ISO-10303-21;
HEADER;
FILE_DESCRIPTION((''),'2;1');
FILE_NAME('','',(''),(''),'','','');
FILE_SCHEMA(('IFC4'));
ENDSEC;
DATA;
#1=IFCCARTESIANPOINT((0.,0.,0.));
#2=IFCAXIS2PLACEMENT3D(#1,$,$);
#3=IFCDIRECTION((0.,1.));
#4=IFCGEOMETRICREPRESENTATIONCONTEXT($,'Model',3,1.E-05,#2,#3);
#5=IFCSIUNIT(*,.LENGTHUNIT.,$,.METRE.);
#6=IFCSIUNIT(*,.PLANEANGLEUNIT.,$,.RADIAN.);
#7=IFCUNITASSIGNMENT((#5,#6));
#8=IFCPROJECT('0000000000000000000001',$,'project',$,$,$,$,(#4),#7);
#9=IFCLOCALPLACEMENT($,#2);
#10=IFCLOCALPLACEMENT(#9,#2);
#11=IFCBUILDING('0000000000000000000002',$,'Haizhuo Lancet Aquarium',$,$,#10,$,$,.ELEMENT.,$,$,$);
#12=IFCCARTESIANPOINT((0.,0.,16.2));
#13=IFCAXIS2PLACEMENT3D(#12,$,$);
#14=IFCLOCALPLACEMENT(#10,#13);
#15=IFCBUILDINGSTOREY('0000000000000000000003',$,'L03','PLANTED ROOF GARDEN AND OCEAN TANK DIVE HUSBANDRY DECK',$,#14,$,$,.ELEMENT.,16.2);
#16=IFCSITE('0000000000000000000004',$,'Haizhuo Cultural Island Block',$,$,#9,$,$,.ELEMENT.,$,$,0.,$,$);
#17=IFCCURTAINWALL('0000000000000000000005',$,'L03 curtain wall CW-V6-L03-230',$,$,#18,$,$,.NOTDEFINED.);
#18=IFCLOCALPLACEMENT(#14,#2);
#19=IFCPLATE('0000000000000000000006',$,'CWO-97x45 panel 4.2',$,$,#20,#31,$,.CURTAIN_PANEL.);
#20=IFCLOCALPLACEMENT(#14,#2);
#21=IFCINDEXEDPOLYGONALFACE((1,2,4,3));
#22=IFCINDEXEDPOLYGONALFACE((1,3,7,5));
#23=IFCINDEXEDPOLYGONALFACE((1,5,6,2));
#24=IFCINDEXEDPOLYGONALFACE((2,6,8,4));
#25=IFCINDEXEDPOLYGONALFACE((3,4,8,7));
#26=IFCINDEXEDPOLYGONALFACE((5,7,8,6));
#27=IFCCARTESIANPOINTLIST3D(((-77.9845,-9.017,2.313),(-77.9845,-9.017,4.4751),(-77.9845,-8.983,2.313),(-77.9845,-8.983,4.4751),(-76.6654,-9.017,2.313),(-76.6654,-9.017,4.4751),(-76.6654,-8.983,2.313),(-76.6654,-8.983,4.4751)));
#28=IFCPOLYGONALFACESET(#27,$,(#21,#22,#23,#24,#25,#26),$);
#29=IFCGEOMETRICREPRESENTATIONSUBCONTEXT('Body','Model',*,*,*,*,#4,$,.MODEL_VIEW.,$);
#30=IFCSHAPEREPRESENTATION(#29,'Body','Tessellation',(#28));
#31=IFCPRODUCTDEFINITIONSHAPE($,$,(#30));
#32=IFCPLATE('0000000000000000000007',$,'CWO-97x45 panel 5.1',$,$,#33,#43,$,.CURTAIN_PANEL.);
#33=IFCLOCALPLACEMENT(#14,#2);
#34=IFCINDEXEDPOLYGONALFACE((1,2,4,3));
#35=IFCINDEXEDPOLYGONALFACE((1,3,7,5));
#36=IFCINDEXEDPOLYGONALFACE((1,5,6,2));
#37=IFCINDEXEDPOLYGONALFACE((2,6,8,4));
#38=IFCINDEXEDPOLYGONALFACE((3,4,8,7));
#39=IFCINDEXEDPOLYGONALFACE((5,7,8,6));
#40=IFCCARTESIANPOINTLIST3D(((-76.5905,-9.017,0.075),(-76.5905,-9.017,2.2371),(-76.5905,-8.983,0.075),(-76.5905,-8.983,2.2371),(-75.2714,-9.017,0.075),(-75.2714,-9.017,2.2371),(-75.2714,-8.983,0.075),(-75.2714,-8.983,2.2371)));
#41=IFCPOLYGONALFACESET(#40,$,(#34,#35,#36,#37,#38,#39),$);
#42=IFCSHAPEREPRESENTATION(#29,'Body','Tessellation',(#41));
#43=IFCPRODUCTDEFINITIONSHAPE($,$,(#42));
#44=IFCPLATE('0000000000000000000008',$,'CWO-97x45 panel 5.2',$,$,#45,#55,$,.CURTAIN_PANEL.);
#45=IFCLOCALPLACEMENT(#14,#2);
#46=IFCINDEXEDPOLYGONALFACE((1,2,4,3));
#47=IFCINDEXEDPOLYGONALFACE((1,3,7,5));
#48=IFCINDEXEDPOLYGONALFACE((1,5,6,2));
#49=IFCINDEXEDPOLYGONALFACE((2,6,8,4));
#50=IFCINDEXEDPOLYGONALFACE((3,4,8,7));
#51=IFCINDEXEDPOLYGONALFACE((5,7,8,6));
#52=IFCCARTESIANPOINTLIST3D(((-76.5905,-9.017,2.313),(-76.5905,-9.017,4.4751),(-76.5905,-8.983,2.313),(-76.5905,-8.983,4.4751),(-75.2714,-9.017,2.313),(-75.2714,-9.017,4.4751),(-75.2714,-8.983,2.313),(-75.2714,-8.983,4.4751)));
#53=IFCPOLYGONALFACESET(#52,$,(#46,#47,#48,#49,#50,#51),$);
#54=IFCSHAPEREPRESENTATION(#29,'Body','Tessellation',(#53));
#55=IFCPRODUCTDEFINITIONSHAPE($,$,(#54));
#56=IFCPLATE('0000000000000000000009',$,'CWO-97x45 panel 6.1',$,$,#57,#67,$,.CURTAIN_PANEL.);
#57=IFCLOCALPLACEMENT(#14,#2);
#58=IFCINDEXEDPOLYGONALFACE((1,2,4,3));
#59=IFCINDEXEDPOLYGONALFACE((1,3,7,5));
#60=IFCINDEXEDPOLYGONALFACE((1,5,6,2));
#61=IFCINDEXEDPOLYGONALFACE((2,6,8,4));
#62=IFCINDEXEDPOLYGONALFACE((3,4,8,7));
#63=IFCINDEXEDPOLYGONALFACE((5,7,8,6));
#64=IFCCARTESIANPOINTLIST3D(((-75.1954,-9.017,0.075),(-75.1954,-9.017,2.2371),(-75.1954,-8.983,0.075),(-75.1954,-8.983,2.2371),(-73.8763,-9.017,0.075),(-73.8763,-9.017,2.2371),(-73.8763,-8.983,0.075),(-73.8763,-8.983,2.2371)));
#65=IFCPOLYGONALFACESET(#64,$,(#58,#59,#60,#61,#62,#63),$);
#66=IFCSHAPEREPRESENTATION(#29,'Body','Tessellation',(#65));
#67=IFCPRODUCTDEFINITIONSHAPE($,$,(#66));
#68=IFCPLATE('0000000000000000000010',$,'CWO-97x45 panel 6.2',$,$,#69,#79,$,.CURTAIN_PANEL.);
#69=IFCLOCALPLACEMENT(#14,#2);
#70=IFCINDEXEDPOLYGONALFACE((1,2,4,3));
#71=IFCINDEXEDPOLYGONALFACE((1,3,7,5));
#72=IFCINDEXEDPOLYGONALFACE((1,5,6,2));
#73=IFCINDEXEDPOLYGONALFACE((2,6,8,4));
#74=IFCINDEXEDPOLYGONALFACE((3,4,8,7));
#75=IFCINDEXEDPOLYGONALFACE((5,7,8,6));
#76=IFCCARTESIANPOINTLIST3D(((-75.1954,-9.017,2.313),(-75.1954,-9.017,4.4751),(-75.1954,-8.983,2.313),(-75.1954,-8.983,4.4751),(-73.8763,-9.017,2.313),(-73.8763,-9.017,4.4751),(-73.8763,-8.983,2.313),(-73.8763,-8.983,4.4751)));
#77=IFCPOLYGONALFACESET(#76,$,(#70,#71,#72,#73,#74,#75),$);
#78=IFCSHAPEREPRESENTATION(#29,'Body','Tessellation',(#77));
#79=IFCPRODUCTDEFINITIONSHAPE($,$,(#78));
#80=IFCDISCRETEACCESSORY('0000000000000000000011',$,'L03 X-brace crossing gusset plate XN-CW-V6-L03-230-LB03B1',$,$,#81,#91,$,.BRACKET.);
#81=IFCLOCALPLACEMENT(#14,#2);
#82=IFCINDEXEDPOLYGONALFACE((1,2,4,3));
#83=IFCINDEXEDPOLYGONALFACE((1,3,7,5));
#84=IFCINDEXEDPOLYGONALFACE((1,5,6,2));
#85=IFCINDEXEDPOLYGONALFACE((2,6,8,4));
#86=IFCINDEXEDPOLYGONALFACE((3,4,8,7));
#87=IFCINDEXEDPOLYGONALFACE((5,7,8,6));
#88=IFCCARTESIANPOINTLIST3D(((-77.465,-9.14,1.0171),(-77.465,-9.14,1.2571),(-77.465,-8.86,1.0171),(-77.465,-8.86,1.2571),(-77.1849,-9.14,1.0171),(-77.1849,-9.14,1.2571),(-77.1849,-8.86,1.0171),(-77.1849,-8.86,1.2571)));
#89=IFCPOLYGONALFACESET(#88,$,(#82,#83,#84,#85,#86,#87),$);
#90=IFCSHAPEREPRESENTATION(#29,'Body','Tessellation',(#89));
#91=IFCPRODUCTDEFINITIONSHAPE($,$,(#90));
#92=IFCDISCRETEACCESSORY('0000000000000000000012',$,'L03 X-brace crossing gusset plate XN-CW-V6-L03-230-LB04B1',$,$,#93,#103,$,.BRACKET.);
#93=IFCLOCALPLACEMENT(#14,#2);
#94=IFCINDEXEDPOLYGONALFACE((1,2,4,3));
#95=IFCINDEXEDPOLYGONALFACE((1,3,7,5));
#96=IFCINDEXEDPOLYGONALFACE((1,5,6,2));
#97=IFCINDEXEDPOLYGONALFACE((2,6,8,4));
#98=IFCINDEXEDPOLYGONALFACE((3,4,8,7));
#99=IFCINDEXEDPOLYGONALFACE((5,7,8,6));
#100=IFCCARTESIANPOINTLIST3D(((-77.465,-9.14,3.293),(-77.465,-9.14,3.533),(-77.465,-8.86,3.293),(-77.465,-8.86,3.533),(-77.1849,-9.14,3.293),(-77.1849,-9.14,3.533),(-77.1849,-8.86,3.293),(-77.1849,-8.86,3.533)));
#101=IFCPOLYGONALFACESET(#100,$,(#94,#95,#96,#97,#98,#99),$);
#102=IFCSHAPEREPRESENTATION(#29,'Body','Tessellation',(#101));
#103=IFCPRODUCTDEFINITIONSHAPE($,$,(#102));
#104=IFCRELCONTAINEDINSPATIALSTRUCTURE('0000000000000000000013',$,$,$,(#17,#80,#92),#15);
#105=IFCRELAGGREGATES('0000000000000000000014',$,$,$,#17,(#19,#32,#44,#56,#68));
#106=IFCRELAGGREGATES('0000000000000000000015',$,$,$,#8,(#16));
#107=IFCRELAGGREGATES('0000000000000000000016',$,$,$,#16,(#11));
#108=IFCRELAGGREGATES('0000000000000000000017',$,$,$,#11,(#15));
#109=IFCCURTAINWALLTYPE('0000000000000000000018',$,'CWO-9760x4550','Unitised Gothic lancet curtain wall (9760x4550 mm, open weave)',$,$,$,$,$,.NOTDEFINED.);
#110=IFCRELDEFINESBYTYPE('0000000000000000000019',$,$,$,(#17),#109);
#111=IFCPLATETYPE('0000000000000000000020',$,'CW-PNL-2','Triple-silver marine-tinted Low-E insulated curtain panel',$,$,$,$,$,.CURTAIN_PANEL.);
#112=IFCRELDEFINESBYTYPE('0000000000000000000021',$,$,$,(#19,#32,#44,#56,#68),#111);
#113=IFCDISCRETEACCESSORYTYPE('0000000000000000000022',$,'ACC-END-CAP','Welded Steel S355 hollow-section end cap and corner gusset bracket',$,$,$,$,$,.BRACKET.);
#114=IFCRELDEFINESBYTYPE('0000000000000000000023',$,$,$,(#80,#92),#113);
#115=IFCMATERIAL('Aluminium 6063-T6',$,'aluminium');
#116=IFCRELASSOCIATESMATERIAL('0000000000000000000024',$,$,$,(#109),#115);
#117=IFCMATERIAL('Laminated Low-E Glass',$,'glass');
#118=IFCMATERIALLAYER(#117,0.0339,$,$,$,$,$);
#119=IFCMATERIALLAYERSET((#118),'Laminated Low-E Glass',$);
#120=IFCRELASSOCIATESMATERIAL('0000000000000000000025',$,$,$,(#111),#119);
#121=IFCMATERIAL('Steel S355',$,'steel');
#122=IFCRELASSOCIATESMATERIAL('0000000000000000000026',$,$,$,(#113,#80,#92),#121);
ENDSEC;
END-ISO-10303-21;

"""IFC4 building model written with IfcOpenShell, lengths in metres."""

from ifc_helpers import new_model, si_unit, direction, frame, origin, origin_2d, place, context, subcontext, project, spatial, rectangle, extrude, material, layer, layer_set, type_object, element, aggregate, save


model = new_model("IFC4")

# Units and contexts
model_context = context("Model", 3, precision=1e-05, world=origin(), true_north=direction((0.0, 1.0)))
body_context = subcontext(model_context, "Body", "Model", "MODEL_VIEW")
ifc_project = project(units=[si_unit("LENGTHUNIT", "METRE"), si_unit("PLANEANGLEUNIT", "RADIAN")], contexts=[model_context])

# Site, building, storey
site_placement = place(None, origin())
site = spatial("IfcSite", under=ifc_project, at=site_placement, Name="Haizhuo Cultural Island Block", CompositionType="ELEMENT", RefElevation=0.0)
building_placement = place(site_placement, origin())
building = spatial("IfcBuilding", under=site, at=building_placement, Name="Haizhuo Lancet Aquarium", CompositionType="ELEMENT")
storey_placement = place(building_placement, frame((0.0, 0.0, 16.2)))
storey = spatial("IfcBuildingStorey", under=building, at=storey_placement, Name="L03", Description="PLANTED ROOF GARDEN AND OCEAN TANK DIVE HUSBANDRY DECK", CompositionType="ELEMENT", Elevation=16.2)

# Curtain wall
ifc_material_1 = material(Name="Aluminium 6063-T6", Category="aluminium")
curtain_wall_type = type_object("IfcCurtainWallType", Name="CWO-9760x4550", Description="Unitised Gothic lancet curtain wall (9760x4550 mm, open weave)", PredefinedType="NOTDEFINED", material=ifc_material_1)
curtain_wall_placement = place(storey_placement, origin())
curtain_wall = element("IfcCurtainWall", 1, at=curtain_wall_placement, inside=storey, type_object=curtain_wall_type, Name="L03 curtain wall CW-V6-L03-230", PredefinedType="NOTDEFINED")

# Shared definitions
ifc_material_2 = material(Name="Steel S355", Category="steel")

# Plates
ifc_material_3 = material(Name="Laminated Low-E Glass", Category="glass")
ifc_layer = layer(ifc_material_3, 0.0339)
ifc_layer_set = layer_set([ifc_layer], Name="Laminated Low-E Glass")
plate_type = type_object("IfcPlateType", Name="CW-PNL-2", Description="Triple-silver marine-tinted Low-E insulated curtain panel", PredefinedType="CURTAIN_PANEL", material=ifc_layer_set)
plate_1_placement = place(storey_placement, frame((-77.325, -9.0, 2.313), z_axis=(0.0, 0.0, 1.0), x_axis=(1.0, 0.0, 0.0)))
plate_1 = element("IfcPlate", 2, at=plate_1_placement, type_object=plate_type, Name="CWO-97x45 panel 4.2", PredefinedType="CURTAIN_PANEL", context=body_context, shape_type="SweptSolid", body=[
    extrude(rectangle(XDim=1.3191, YDim=0.0339, at=origin_2d()), origin(), (0.0, 0.0, 1.0), 2.1621),
])
plate_2_placement = place(storey_placement, frame((-75.9309, -9.0, 0.075), z_axis=(0.0, 0.0, 1.0), x_axis=(1.0, 0.0, 0.0)))
plate_2 = element("IfcPlate", 3, at=plate_2_placement, type_object=plate_type, Name="CWO-97x45 panel 5.1", PredefinedType="CURTAIN_PANEL", context=body_context, shape_type="SweptSolid", body=[
    extrude(rectangle(XDim=1.3191, YDim=0.0339, at=origin_2d()), origin(), (0.0, 0.0, 1.0), 2.1621),
])
plate_3_placement = place(storey_placement, frame((-75.9309, -9.0, 2.313), z_axis=(0.0, 0.0, 1.0), x_axis=(1.0, 0.0, 0.0)))
plate_3 = element("IfcPlate", 4, at=plate_3_placement, type_object=plate_type, Name="CWO-97x45 panel 5.2", PredefinedType="CURTAIN_PANEL", context=body_context, shape_type="SweptSolid", body=[
    extrude(rectangle(XDim=1.3191, YDim=0.0339, at=origin_2d()), origin(), (0.0, 0.0, 1.0), 2.1621),
])
plate_4_placement = place(storey_placement, frame((-74.5359, -9.0, 0.075), z_axis=(0.0, 0.0, 1.0), x_axis=(1.0, 0.0, 0.0)))
plate_4 = element("IfcPlate", 5, at=plate_4_placement, type_object=plate_type, Name="CWO-97x45 panel 6.1", PredefinedType="CURTAIN_PANEL", context=body_context, shape_type="SweptSolid", body=[
    extrude(rectangle(XDim=1.3191, YDim=0.0339, at=origin_2d()), origin(), (0.0, 0.0, 1.0), 2.1621),
])
plate_5_placement = place(storey_placement, frame((-74.5359, -9.0, 2.313), z_axis=(0.0, 0.0, 1.0), x_axis=(1.0, 0.0, 0.0)))
plate_5 = element("IfcPlate", 6, at=plate_5_placement, type_object=plate_type, Name="CWO-97x45 panel 6.2", PredefinedType="CURTAIN_PANEL", context=body_context, shape_type="SweptSolid", body=[
    extrude(rectangle(XDim=1.3191, YDim=0.0339, at=origin_2d()), origin(), (0.0, 0.0, 1.0), 2.1621),
])
aggregate(curtain_wall, [plate_1, plate_2, plate_3, plate_4, plate_5])

# Discrete accessories
discrete_accessory_type = type_object("IfcDiscreteAccessoryType", Name="ACC-END-CAP", Description="Welded Steel S355 hollow-section end cap and corner gusset bracket", PredefinedType="BRACKET", material=ifc_material_2)
for number, where, z_axis, x_axis, name in (
    (7, (-77.325, -9.0, 1.0171), (0.0, 0.0, 1.0), (1.0, 0.0, 0.0), "L03 X-brace crossing gusset plate XN-CW-V6-L03-230-LB03B1"),
    (8, (-77.325, -9.0, 3.293), (0.0, 0.0, 1.0), (1.0, 0.0, 0.0), "L03 X-brace crossing gusset plate XN-CW-V6-L03-230-LB04B1"),
):
    element("IfcDiscreteAccessory", number, at=place(storey_placement, frame(where, z_axis=z_axis, x_axis=x_axis)), inside=storey, type_object=discrete_accessory_type, material=ifc_material_2, Name=name, PredefinedType="BRACKET", context=body_context, shape_type="SweptSolid", body=[
        extrude(rectangle(XDim=0.28, YDim=0.28, at=origin_2d()), origin(), (0.0, 0.0, 1.0), 0.24),
    ])

save(model, "model.ifc")
